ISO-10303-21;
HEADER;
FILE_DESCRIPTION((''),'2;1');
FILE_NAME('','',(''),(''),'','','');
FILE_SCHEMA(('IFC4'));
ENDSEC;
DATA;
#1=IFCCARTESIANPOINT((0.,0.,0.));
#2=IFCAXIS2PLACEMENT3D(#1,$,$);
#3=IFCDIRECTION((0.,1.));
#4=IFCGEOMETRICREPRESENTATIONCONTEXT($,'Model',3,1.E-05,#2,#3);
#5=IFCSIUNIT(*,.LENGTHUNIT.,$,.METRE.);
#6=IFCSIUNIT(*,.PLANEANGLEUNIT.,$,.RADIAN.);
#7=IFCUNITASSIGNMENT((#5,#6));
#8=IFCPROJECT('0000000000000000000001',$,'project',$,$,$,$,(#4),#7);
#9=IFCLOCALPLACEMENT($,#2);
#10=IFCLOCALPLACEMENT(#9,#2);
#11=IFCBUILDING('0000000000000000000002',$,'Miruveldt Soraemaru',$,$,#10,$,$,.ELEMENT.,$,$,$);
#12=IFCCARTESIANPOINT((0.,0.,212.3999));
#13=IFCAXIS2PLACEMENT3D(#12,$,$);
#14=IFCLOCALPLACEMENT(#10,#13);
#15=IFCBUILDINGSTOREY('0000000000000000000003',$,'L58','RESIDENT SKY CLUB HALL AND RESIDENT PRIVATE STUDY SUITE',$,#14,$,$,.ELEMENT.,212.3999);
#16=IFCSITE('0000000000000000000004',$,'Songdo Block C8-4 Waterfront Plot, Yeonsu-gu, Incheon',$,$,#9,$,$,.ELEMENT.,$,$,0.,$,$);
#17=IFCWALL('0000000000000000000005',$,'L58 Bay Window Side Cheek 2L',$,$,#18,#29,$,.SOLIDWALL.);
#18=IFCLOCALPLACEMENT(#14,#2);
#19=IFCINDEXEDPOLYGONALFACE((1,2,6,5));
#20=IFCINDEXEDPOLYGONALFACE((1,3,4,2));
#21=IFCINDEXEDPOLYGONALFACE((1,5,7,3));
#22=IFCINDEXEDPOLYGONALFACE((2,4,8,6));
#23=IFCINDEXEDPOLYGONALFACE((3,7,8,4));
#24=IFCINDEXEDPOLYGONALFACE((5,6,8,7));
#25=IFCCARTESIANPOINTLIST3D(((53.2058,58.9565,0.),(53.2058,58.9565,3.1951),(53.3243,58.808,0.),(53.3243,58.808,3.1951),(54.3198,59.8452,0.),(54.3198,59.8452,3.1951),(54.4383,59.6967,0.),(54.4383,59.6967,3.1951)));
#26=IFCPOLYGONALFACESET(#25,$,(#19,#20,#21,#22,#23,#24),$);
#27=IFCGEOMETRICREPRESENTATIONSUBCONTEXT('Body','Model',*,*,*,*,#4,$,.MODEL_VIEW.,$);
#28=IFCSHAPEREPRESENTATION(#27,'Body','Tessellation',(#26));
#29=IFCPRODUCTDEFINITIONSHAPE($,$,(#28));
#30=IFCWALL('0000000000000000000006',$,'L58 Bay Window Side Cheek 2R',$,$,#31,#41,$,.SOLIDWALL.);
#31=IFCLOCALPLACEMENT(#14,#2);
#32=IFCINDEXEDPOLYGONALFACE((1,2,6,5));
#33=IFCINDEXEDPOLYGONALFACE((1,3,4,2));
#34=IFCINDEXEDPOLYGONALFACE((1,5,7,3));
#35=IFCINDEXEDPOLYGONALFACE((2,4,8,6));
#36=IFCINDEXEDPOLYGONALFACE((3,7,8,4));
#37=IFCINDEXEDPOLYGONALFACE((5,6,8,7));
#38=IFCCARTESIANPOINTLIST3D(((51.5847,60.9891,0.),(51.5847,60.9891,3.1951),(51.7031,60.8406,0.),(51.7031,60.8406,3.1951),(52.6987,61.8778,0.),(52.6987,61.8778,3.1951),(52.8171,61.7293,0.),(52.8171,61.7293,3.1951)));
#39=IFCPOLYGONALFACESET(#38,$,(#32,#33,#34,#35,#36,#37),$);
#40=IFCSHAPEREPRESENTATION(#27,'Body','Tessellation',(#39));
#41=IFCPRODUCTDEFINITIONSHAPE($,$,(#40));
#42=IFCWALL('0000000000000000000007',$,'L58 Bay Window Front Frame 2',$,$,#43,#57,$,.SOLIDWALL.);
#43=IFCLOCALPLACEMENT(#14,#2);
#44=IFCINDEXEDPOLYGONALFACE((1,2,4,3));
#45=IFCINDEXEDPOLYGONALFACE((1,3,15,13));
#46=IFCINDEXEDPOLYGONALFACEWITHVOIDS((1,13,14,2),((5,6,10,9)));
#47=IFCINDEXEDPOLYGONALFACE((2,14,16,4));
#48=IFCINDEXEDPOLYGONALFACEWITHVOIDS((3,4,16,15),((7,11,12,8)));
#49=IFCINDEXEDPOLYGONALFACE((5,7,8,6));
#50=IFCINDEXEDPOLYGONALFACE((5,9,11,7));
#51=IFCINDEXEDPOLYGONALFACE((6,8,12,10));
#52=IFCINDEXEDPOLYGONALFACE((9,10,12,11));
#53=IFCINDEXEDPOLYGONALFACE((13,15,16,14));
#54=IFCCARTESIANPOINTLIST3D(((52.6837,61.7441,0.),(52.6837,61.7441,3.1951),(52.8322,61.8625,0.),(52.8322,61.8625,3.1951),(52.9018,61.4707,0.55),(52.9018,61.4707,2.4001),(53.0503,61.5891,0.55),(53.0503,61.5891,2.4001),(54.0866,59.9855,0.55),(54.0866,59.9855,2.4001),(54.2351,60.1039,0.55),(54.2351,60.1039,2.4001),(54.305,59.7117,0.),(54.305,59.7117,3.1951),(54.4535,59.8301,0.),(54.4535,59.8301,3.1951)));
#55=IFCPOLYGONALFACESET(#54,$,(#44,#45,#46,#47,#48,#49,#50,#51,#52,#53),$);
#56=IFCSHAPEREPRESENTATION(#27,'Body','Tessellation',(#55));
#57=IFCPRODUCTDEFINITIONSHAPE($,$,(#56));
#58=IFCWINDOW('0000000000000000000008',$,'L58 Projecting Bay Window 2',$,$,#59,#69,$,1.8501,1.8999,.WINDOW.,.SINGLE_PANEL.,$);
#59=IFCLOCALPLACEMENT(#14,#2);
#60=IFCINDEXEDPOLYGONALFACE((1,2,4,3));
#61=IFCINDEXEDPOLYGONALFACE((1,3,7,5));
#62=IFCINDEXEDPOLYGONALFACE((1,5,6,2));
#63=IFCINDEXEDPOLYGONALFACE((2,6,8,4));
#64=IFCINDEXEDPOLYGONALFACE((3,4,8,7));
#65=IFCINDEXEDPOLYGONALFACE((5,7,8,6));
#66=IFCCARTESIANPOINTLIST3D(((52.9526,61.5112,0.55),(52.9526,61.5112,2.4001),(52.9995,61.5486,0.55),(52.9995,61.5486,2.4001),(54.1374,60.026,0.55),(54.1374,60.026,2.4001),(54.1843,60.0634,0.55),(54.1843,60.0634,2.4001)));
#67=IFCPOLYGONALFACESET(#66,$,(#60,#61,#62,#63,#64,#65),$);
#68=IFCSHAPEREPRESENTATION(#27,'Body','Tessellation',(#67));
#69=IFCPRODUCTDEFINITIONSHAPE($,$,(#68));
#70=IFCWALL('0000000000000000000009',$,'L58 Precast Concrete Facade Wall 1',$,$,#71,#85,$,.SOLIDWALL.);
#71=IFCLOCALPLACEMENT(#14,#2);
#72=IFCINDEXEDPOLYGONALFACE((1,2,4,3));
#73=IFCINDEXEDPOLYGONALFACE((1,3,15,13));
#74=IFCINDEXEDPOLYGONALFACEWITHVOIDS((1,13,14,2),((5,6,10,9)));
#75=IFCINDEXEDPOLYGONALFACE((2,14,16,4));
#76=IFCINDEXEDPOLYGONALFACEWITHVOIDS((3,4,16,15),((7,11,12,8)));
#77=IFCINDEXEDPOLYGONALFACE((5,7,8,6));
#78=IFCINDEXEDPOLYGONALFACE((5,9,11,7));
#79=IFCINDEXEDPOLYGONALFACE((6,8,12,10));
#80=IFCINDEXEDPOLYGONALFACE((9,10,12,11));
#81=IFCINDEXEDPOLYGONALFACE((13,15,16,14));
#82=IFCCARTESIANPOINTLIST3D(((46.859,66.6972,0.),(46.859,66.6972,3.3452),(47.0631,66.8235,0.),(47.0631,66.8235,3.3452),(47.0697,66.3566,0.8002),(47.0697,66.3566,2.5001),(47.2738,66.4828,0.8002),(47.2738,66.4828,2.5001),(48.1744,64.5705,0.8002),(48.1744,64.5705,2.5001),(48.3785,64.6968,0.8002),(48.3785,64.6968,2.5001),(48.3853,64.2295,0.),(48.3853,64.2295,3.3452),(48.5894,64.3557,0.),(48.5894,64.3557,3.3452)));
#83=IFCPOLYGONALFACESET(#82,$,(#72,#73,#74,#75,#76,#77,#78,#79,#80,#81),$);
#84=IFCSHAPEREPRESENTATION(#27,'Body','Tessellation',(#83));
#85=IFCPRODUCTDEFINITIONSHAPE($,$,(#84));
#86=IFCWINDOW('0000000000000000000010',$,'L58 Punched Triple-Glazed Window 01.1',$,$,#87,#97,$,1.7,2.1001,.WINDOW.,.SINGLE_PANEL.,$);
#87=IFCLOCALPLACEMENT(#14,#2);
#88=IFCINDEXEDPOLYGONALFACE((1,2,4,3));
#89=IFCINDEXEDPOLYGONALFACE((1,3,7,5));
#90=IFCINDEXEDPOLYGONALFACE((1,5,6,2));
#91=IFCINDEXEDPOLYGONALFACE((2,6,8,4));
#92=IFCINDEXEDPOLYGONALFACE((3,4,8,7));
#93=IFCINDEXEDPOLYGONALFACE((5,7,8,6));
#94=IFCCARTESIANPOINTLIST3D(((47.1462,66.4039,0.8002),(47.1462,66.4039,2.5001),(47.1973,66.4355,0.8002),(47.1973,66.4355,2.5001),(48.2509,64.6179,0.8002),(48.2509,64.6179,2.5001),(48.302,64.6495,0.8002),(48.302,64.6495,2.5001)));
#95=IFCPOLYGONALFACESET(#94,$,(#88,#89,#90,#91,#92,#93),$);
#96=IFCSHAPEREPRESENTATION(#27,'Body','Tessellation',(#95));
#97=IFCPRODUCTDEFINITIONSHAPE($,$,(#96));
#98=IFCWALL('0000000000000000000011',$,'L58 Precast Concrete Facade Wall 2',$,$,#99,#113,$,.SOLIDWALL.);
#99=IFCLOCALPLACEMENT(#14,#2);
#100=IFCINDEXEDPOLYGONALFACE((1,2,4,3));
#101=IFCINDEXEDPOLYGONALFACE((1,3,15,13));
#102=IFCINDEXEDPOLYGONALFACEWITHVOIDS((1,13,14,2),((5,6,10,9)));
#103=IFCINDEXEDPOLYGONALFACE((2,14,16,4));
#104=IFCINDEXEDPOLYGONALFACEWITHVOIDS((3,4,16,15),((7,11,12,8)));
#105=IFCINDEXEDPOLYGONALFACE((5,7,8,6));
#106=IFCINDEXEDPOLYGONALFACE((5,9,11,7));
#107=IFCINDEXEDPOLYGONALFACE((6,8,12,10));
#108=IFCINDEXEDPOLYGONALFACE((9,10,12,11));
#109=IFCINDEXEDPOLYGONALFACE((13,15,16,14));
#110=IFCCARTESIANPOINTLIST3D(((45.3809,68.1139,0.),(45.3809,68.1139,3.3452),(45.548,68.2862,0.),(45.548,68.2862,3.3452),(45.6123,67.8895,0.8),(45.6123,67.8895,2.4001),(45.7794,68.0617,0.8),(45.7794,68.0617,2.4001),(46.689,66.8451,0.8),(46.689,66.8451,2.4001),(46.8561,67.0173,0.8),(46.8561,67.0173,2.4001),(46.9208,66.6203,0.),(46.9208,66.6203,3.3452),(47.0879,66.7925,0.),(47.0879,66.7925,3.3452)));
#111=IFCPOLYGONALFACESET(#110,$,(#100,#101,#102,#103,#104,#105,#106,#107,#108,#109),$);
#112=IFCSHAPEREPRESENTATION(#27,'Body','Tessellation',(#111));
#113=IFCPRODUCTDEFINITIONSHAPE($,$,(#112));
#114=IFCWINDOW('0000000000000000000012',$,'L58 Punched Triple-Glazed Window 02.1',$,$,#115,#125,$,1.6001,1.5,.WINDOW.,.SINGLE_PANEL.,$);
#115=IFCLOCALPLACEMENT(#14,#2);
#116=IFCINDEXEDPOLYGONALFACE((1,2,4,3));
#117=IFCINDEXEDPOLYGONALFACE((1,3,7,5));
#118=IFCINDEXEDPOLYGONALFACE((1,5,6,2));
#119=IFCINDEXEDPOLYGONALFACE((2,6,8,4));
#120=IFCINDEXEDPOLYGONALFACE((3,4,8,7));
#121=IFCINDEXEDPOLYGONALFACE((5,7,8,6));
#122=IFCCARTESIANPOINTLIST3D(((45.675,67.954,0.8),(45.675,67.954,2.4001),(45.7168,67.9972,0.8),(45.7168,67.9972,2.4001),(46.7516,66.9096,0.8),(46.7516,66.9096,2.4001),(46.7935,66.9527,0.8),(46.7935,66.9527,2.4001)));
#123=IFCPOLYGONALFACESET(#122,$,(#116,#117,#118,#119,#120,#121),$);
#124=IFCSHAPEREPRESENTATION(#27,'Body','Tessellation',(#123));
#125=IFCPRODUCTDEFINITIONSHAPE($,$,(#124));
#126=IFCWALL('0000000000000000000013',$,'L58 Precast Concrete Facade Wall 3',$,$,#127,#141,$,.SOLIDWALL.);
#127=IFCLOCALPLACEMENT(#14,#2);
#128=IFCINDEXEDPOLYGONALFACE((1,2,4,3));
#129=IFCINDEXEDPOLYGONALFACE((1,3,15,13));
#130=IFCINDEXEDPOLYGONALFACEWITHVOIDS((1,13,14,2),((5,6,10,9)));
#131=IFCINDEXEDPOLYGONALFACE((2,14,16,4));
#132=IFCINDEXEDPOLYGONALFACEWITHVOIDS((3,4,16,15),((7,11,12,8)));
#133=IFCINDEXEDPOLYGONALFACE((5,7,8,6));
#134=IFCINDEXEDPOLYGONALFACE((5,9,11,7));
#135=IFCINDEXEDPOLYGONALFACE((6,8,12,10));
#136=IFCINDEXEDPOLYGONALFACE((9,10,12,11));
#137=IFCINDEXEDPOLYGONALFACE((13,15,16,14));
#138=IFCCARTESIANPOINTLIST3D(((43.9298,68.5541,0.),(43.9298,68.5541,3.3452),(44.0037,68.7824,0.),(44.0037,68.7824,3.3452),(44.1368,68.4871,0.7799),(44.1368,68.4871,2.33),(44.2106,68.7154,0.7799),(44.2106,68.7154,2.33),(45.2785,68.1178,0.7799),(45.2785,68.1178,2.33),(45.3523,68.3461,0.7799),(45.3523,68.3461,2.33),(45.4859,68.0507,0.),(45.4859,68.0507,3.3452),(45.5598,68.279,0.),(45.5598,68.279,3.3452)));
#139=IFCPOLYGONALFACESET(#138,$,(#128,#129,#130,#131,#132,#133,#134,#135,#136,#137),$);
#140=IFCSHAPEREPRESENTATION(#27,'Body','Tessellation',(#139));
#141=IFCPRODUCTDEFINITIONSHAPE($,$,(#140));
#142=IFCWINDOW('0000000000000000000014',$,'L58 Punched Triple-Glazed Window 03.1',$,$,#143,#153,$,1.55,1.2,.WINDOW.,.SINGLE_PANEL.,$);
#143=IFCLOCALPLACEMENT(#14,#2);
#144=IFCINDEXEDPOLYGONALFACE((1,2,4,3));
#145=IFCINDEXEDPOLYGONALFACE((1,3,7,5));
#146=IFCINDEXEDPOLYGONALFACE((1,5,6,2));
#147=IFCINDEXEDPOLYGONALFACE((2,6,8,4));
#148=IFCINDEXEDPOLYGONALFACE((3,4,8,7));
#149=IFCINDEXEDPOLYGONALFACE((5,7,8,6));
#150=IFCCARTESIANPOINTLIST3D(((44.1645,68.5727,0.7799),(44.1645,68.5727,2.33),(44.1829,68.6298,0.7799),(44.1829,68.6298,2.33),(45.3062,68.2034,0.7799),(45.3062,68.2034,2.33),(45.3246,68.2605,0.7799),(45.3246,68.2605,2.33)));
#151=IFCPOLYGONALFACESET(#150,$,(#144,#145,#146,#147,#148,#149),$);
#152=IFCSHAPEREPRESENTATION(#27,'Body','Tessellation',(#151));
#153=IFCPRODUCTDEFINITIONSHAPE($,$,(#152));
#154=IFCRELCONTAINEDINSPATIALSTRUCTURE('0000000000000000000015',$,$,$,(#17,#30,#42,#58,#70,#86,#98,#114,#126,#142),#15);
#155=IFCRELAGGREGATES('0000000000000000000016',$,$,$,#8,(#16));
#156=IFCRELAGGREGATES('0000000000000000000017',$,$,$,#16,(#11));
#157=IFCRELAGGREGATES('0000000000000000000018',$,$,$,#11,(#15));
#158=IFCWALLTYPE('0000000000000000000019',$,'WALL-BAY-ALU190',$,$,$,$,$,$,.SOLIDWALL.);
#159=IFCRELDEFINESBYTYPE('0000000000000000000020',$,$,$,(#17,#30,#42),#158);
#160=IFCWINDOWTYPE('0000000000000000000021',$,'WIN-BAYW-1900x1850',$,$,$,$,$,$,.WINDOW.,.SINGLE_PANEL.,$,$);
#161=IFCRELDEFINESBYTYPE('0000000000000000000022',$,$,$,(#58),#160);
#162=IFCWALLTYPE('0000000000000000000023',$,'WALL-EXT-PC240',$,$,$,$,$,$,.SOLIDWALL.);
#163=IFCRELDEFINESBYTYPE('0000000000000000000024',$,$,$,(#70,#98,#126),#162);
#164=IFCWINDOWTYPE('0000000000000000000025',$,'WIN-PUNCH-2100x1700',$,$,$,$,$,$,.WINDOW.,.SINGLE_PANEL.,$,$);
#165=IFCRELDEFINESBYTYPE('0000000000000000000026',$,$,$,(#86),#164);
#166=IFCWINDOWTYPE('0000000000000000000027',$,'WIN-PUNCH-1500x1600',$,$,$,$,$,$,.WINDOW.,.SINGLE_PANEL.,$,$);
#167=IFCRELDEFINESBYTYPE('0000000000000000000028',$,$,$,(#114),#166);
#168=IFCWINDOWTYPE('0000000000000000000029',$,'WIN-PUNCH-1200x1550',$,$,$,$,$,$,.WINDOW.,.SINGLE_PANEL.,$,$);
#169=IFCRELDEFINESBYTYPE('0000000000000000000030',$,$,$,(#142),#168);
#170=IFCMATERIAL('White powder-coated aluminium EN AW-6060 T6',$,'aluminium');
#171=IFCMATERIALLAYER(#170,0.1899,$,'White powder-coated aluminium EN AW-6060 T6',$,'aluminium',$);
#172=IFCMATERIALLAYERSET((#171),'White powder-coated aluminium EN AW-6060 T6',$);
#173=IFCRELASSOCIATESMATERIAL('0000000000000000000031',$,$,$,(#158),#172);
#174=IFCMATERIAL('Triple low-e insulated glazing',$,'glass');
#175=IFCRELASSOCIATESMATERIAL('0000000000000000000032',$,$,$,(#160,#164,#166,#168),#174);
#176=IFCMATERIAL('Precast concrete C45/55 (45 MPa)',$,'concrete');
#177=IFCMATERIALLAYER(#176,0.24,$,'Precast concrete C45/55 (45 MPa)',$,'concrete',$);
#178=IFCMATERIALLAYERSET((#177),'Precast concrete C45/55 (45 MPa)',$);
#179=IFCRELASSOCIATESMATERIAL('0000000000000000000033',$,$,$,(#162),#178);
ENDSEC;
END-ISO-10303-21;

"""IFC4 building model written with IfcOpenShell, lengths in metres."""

from ifc_helpers import new_model, si_unit, direction, frame, frame_2d, origin, place, context, subcontext, project, spatial, rectangle, extrude, material, layer, layer_set, type_object, element, fill, save


model = new_model("IFC4")

# Units and contexts
model_context = context("Model", 3, precision=1e-05, world=origin(), true_north=direction((0.0, 1.0)))
body_context = subcontext(model_context, "Body", "Model", "MODEL_VIEW")
ifc_project = project(units=[si_unit("LENGTHUNIT", "METRE"), si_unit("PLANEANGLEUNIT", "RADIAN")], contexts=[model_context])

# Site, building, storey
site_placement = place(None, origin())
site = spatial("IfcSite", under=ifc_project, at=site_placement, Name="Songdo Block C8-4 Waterfront Plot, Yeonsu-gu, Incheon", CompositionType="ELEMENT", RefElevation=0.0)
building_placement = place(site_placement, origin())
building = spatial("IfcBuilding", under=site, at=building_placement, Name="Miruveldt Soraemaru", CompositionType="ELEMENT")
storey_placement = place(building_placement, frame((0.0, 0.0, 212.3999)))
storey = spatial("IfcBuildingStorey", under=building, at=storey_placement, Name="L58", Description="RESIDENT SKY CLUB HALL AND RESIDENT PRIVATE STUDY SUITE", CompositionType="ELEMENT", Elevation=212.3999)

# Walls
ifc_material_1 = material(Name="White powder-coated aluminium EN AW-6060 T6", Category="aluminium")
ifc_layer_1 = layer(ifc_material_1, 0.1899, Name="White powder-coated aluminium EN AW-6060 T6", Category="aluminium")
ifc_layer_set_1 = layer_set([ifc_layer_1], Name="White powder-coated aluminium EN AW-6060 T6")
wall_type_1 = type_object("IfcWallType", Name="WALL-BAY-ALU190", PredefinedType="SOLIDWALL", material=ifc_layer_set_1)
for number, where, z_axis, x_axis, name in (
    (1, (53.2651, 58.8823, 0.0), (0.0, 0.0, 1.0), (0.781737, 0.623608, 0.0), "L58 Bay Window Side Cheek 2L"),
    (2, (52.7578, 61.8035, 0.0), (0.0, 0.0, 1.0), (-0.781737, -0.623608, 0.0), "L58 Bay Window Side Cheek 2R"),
):
    element("IfcWall", number, at=place(storey_placement, frame(where, z_axis=z_axis, x_axis=x_axis)), inside=storey, type_object=wall_type_1, Name=name, PredefinedType="SOLIDWALL", context=body_context, shape_type="SweptSolid", body=[
        extrude(rectangle(XDim=1.425, YDim=0.1899, at=frame_2d((0.7124, 0.0))), origin(), (0.0, 0.0, 1.0), 3.1951),
    ])

# Walls, openings, windows
wall_1_placement = place(storey_placement, frame((54.3792, 59.771, 0.0), z_axis=(0.0, 0.0, 1.0), x_axis=(-0.623607, 0.781738, 0.0)))
wall_1 = element("IfcWall", 3, at=wall_1_placement, inside=storey, type_object=wall_type_1, Name="L58 Bay Window Front Frame 2", PredefinedType="SOLIDWALL", context=body_context, shape_type="SweptSolid", body=[
    extrude(rectangle(XDim=2.5999, YDim=0.1899, at=frame_2d((1.2998, 0.0))), origin(), (0.0, 0.0, 1.0), 3.1951),
])
opening_1_placement = place(wall_1_placement, frame((0.3501, 0.0, 0.55)))
opening_1 = element("IfcOpeningElement", 4, at=opening_1_placement, cuts=wall_1, PredefinedType="OPENING", context=body_context, shape_type="SweptSolid", body=[
    extrude(rectangle(XDim=1.8999, YDim=1.8501, at=frame_2d((0.95, 0.925))), frame((0.0, 0.105, 0.0), z_axis=(0.0, -1.0, 0.0), x_axis=(1.0, 0.0, 0.0)), (0.0, 0.0, 1.0), 0.21),
])
ifc_material_2 = material(Name="Triple low-e insulated glazing", Category="glass")
window_type_1 = type_object("IfcWindowType", Name="WIN-BAYW-1900x1850", PartitioningType="SINGLE_PANEL", PredefinedType="WINDOW", material=ifc_material_2)
window_1_placement = place(opening_1_placement, origin())
window_1 = element("IfcWindow", 5, at=window_1_placement, inside=storey, type_object=window_type_1, Name="L58 Projecting Bay Window 2", OverallHeight=1.8501, OverallWidth=1.8999, PartitioningType="SINGLE_PANEL", PredefinedType="WINDOW", context=body_context, shape_type="SweptSolid", body=[
    extrude(rectangle(XDim=1.8999, YDim=1.8501, at=frame_2d((0.95, 0.925))), frame((0.0, 0.03, 0.0), z_axis=(0.0, -1.0, 0.0), x_axis=(1.0, 0.0, 0.0)), (0.0, 0.0, 1.0), 0.0601),
])
fill(opening_1, window_1)
ifc_material_3 = material(Name="Precast concrete C45/55 (45 MPa)", Category="concrete")
ifc_layer_2 = layer(ifc_material_3, 0.24, Name="Precast concrete C45/55 (45 MPa)", Category="concrete")
ifc_layer_set_2 = layer_set([ifc_layer_2], Name="Precast concrete C45/55 (45 MPa)")
wall_type_2 = type_object("IfcWallType", Name="WALL-EXT-PC240", PredefinedType="SOLIDWALL", material=ifc_layer_set_2)
wall_2_placement = place(storey_placement, frame((48.4873, 64.2927, 0.0), z_axis=(0.0, 0.0, 1.0), x_axis=(-0.52603, 0.850466, 0.0)))
wall_2 = element("IfcWall", 6, at=wall_2_placement, inside=storey, type_object=wall_type_2, Name="L58 Precast Concrete Facade Wall 1", PredefinedType="SOLIDWALL", context=body_context, shape_type="SweptSolid", body=[
    extrude(rectangle(XDim=2.9016, YDim=0.24, at=frame_2d((1.4507, 0.0))), origin(), (0.0, 0.0, 1.0), 3.3452),
])
opening_2_placement = place(wall_2_placement, frame((0.4009, 0.0, 0.8)))
opening_2 = element("IfcOpeningElement", 7, at=opening_2_placement, cuts=wall_2, PredefinedType="OPENING", context=body_context, shape_type="SweptSolid", body=[
    extrude(rectangle(XDim=2.1001, YDim=1.7, at=frame_2d((1.05, 0.8501))), frame((0.0, 0.1299, 0.0), z_axis=(0.0, -1.0, 0.0), x_axis=(1.0, 0.0, 0.0)), (0.0, 0.0, 1.0), 0.26),
])
window_type_2 = type_object("IfcWindowType", Name="WIN-PUNCH-2100x1700", PartitioningType="SINGLE_PANEL", PredefinedType="WINDOW", material=ifc_material_2)
window_2_placement = place(opening_2_placement, origin())
window_2 = element("IfcWindow", 8, at=window_2_placement, inside=storey, type_object=window_type_2, Name="L58 Punched Triple-Glazed Window 01.1", OverallHeight=1.7, OverallWidth=2.1001, PartitioningType="SINGLE_PANEL", PredefinedType="WINDOW", context=body_context, shape_type="SweptSolid", body=[
    extrude(rectangle(XDim=2.1001, YDim=1.7, at=frame_2d((1.05, 0.8501))), frame((0.0, 0.03, 0.0), z_axis=(0.0, -1.0, 0.0), x_axis=(1.0, 0.0, 0.0)), (0.0, 0.0, 1.0), 0.0601),
])
fill(opening_2, window_2)
wall_3_placement = place(storey_placement, frame((47.0044, 66.7063, 0.0), z_axis=(0.0, 0.0, 1.0), x_axis=(-0.71778, 0.69627, 0.0)))
wall_3 = element("IfcWall", 9, at=wall_3_placement, inside=storey, type_object=wall_type_2, Name="L58 Precast Concrete Facade Wall 2", PredefinedType="SOLIDWALL", context=body_context, shape_type="SweptSolid", body=[
    extrude(rectangle(XDim=2.1453, YDim=0.24, at=frame_2d((1.0728, 0.0))), origin(), (0.0, 0.0, 1.0), 3.3452),
])
opening_3_placement = place(wall_3_placement, frame((0.323, 0.0, 0.8)))
opening_3 = element("IfcOpeningElement", 10, at=opening_3_placement, cuts=wall_3, PredefinedType="OPENING", context=body_context, shape_type="SweptSolid", body=[
    extrude(rectangle(XDim=1.5, YDim=1.6001, at=frame_2d((0.75, 0.8))), frame((0.0, 0.1299, 0.0), z_axis=(0.0, -1.0, 0.0), x_axis=(1.0, 0.0, 0.0)), (0.0, 0.0, 1.0), 0.26),
])
window_type_3 = type_object("IfcWindowType", Name="WIN-PUNCH-1500x1600", PartitioningType="SINGLE_PANEL", PredefinedType="WINDOW", material=ifc_material_2)
window_3_placement = place(opening_3_placement, origin())
window_3 = element("IfcWindow", 11, at=window_3_placement, inside=storey, type_object=window_type_3, Name="L58 Punched Triple-Glazed Window 02.1", OverallHeight=1.6001, OverallWidth=1.5, PartitioningType="SINGLE_PANEL", PredefinedType="WINDOW", context=body_context, shape_type="SweptSolid", body=[
    extrude(rectangle(XDim=1.5, YDim=1.6001, at=frame_2d((0.75, 0.8))), frame((0.0, 0.03, 0.0), z_axis=(0.0, -1.0, 0.0), x_axis=(1.0, 0.0, 0.0)), (0.0, 0.0, 1.0), 0.0601),
])
fill(opening_3, window_3)
wall_4_placement = place(storey_placement, frame((45.5229, 68.1648, 0.0), z_axis=(0.0, 0.0, 1.0), x_axis=(-0.951452, 0.307796, 0.0)))
wall_4 = element("IfcWall", 12, at=wall_4_placement, inside=storey, type_object=wall_type_2, Name="L58 Precast Concrete Facade Wall 3", PredefinedType="SOLIDWALL", context=body_context, shape_type="SweptSolid", body=[
    extrude(rectangle(XDim=1.6355, YDim=0.24, at=frame_2d((0.8179, 0.0))), origin(), (0.0, 0.0, 1.0), 3.3452),
])
opening_4_placement = place(wall_4_placement, frame((0.218, 0.0, 0.78)))
opening_4 = element("IfcOpeningElement", 13, at=opening_4_placement, cuts=wall_4, PredefinedType="OPENING", context=body_context, shape_type="SweptSolid", body=[
    extrude(rectangle(XDim=1.2, YDim=1.55, at=frame_2d((0.6001, 0.7749))), frame((0.0, 0.1299, 0.0), z_axis=(0.0, -1.0, 0.0), x_axis=(1.0, 0.0, 0.0)), (0.0, 0.0, 1.0), 0.26),
])
window_type_4 = type_object("IfcWindowType", Name="WIN-PUNCH-1200x1550", PartitioningType="SINGLE_PANEL", PredefinedType="WINDOW", material=ifc_material_2)
window_4_placement = place(opening_4_placement, origin())
window_4 = element("IfcWindow", 14, at=window_4_placement, inside=storey, type_object=window_type_4, Name="L58 Punched Triple-Glazed Window 03.1", OverallHeight=1.55, OverallWidth=1.2, PartitioningType="SINGLE_PANEL", PredefinedType="WINDOW", context=body_context, shape_type="SweptSolid", body=[
    extrude(rectangle(XDim=1.2, YDim=1.55, at=frame_2d((0.6001, 0.7749))), frame((0.0, 0.03, 0.0), z_axis=(0.0, -1.0, 0.0), x_axis=(1.0, 0.0, 0.0)), (0.0, 0.0, 1.0), 0.0601),
])
fill(opening_4, window_4)

save(model, "model.ifc")
